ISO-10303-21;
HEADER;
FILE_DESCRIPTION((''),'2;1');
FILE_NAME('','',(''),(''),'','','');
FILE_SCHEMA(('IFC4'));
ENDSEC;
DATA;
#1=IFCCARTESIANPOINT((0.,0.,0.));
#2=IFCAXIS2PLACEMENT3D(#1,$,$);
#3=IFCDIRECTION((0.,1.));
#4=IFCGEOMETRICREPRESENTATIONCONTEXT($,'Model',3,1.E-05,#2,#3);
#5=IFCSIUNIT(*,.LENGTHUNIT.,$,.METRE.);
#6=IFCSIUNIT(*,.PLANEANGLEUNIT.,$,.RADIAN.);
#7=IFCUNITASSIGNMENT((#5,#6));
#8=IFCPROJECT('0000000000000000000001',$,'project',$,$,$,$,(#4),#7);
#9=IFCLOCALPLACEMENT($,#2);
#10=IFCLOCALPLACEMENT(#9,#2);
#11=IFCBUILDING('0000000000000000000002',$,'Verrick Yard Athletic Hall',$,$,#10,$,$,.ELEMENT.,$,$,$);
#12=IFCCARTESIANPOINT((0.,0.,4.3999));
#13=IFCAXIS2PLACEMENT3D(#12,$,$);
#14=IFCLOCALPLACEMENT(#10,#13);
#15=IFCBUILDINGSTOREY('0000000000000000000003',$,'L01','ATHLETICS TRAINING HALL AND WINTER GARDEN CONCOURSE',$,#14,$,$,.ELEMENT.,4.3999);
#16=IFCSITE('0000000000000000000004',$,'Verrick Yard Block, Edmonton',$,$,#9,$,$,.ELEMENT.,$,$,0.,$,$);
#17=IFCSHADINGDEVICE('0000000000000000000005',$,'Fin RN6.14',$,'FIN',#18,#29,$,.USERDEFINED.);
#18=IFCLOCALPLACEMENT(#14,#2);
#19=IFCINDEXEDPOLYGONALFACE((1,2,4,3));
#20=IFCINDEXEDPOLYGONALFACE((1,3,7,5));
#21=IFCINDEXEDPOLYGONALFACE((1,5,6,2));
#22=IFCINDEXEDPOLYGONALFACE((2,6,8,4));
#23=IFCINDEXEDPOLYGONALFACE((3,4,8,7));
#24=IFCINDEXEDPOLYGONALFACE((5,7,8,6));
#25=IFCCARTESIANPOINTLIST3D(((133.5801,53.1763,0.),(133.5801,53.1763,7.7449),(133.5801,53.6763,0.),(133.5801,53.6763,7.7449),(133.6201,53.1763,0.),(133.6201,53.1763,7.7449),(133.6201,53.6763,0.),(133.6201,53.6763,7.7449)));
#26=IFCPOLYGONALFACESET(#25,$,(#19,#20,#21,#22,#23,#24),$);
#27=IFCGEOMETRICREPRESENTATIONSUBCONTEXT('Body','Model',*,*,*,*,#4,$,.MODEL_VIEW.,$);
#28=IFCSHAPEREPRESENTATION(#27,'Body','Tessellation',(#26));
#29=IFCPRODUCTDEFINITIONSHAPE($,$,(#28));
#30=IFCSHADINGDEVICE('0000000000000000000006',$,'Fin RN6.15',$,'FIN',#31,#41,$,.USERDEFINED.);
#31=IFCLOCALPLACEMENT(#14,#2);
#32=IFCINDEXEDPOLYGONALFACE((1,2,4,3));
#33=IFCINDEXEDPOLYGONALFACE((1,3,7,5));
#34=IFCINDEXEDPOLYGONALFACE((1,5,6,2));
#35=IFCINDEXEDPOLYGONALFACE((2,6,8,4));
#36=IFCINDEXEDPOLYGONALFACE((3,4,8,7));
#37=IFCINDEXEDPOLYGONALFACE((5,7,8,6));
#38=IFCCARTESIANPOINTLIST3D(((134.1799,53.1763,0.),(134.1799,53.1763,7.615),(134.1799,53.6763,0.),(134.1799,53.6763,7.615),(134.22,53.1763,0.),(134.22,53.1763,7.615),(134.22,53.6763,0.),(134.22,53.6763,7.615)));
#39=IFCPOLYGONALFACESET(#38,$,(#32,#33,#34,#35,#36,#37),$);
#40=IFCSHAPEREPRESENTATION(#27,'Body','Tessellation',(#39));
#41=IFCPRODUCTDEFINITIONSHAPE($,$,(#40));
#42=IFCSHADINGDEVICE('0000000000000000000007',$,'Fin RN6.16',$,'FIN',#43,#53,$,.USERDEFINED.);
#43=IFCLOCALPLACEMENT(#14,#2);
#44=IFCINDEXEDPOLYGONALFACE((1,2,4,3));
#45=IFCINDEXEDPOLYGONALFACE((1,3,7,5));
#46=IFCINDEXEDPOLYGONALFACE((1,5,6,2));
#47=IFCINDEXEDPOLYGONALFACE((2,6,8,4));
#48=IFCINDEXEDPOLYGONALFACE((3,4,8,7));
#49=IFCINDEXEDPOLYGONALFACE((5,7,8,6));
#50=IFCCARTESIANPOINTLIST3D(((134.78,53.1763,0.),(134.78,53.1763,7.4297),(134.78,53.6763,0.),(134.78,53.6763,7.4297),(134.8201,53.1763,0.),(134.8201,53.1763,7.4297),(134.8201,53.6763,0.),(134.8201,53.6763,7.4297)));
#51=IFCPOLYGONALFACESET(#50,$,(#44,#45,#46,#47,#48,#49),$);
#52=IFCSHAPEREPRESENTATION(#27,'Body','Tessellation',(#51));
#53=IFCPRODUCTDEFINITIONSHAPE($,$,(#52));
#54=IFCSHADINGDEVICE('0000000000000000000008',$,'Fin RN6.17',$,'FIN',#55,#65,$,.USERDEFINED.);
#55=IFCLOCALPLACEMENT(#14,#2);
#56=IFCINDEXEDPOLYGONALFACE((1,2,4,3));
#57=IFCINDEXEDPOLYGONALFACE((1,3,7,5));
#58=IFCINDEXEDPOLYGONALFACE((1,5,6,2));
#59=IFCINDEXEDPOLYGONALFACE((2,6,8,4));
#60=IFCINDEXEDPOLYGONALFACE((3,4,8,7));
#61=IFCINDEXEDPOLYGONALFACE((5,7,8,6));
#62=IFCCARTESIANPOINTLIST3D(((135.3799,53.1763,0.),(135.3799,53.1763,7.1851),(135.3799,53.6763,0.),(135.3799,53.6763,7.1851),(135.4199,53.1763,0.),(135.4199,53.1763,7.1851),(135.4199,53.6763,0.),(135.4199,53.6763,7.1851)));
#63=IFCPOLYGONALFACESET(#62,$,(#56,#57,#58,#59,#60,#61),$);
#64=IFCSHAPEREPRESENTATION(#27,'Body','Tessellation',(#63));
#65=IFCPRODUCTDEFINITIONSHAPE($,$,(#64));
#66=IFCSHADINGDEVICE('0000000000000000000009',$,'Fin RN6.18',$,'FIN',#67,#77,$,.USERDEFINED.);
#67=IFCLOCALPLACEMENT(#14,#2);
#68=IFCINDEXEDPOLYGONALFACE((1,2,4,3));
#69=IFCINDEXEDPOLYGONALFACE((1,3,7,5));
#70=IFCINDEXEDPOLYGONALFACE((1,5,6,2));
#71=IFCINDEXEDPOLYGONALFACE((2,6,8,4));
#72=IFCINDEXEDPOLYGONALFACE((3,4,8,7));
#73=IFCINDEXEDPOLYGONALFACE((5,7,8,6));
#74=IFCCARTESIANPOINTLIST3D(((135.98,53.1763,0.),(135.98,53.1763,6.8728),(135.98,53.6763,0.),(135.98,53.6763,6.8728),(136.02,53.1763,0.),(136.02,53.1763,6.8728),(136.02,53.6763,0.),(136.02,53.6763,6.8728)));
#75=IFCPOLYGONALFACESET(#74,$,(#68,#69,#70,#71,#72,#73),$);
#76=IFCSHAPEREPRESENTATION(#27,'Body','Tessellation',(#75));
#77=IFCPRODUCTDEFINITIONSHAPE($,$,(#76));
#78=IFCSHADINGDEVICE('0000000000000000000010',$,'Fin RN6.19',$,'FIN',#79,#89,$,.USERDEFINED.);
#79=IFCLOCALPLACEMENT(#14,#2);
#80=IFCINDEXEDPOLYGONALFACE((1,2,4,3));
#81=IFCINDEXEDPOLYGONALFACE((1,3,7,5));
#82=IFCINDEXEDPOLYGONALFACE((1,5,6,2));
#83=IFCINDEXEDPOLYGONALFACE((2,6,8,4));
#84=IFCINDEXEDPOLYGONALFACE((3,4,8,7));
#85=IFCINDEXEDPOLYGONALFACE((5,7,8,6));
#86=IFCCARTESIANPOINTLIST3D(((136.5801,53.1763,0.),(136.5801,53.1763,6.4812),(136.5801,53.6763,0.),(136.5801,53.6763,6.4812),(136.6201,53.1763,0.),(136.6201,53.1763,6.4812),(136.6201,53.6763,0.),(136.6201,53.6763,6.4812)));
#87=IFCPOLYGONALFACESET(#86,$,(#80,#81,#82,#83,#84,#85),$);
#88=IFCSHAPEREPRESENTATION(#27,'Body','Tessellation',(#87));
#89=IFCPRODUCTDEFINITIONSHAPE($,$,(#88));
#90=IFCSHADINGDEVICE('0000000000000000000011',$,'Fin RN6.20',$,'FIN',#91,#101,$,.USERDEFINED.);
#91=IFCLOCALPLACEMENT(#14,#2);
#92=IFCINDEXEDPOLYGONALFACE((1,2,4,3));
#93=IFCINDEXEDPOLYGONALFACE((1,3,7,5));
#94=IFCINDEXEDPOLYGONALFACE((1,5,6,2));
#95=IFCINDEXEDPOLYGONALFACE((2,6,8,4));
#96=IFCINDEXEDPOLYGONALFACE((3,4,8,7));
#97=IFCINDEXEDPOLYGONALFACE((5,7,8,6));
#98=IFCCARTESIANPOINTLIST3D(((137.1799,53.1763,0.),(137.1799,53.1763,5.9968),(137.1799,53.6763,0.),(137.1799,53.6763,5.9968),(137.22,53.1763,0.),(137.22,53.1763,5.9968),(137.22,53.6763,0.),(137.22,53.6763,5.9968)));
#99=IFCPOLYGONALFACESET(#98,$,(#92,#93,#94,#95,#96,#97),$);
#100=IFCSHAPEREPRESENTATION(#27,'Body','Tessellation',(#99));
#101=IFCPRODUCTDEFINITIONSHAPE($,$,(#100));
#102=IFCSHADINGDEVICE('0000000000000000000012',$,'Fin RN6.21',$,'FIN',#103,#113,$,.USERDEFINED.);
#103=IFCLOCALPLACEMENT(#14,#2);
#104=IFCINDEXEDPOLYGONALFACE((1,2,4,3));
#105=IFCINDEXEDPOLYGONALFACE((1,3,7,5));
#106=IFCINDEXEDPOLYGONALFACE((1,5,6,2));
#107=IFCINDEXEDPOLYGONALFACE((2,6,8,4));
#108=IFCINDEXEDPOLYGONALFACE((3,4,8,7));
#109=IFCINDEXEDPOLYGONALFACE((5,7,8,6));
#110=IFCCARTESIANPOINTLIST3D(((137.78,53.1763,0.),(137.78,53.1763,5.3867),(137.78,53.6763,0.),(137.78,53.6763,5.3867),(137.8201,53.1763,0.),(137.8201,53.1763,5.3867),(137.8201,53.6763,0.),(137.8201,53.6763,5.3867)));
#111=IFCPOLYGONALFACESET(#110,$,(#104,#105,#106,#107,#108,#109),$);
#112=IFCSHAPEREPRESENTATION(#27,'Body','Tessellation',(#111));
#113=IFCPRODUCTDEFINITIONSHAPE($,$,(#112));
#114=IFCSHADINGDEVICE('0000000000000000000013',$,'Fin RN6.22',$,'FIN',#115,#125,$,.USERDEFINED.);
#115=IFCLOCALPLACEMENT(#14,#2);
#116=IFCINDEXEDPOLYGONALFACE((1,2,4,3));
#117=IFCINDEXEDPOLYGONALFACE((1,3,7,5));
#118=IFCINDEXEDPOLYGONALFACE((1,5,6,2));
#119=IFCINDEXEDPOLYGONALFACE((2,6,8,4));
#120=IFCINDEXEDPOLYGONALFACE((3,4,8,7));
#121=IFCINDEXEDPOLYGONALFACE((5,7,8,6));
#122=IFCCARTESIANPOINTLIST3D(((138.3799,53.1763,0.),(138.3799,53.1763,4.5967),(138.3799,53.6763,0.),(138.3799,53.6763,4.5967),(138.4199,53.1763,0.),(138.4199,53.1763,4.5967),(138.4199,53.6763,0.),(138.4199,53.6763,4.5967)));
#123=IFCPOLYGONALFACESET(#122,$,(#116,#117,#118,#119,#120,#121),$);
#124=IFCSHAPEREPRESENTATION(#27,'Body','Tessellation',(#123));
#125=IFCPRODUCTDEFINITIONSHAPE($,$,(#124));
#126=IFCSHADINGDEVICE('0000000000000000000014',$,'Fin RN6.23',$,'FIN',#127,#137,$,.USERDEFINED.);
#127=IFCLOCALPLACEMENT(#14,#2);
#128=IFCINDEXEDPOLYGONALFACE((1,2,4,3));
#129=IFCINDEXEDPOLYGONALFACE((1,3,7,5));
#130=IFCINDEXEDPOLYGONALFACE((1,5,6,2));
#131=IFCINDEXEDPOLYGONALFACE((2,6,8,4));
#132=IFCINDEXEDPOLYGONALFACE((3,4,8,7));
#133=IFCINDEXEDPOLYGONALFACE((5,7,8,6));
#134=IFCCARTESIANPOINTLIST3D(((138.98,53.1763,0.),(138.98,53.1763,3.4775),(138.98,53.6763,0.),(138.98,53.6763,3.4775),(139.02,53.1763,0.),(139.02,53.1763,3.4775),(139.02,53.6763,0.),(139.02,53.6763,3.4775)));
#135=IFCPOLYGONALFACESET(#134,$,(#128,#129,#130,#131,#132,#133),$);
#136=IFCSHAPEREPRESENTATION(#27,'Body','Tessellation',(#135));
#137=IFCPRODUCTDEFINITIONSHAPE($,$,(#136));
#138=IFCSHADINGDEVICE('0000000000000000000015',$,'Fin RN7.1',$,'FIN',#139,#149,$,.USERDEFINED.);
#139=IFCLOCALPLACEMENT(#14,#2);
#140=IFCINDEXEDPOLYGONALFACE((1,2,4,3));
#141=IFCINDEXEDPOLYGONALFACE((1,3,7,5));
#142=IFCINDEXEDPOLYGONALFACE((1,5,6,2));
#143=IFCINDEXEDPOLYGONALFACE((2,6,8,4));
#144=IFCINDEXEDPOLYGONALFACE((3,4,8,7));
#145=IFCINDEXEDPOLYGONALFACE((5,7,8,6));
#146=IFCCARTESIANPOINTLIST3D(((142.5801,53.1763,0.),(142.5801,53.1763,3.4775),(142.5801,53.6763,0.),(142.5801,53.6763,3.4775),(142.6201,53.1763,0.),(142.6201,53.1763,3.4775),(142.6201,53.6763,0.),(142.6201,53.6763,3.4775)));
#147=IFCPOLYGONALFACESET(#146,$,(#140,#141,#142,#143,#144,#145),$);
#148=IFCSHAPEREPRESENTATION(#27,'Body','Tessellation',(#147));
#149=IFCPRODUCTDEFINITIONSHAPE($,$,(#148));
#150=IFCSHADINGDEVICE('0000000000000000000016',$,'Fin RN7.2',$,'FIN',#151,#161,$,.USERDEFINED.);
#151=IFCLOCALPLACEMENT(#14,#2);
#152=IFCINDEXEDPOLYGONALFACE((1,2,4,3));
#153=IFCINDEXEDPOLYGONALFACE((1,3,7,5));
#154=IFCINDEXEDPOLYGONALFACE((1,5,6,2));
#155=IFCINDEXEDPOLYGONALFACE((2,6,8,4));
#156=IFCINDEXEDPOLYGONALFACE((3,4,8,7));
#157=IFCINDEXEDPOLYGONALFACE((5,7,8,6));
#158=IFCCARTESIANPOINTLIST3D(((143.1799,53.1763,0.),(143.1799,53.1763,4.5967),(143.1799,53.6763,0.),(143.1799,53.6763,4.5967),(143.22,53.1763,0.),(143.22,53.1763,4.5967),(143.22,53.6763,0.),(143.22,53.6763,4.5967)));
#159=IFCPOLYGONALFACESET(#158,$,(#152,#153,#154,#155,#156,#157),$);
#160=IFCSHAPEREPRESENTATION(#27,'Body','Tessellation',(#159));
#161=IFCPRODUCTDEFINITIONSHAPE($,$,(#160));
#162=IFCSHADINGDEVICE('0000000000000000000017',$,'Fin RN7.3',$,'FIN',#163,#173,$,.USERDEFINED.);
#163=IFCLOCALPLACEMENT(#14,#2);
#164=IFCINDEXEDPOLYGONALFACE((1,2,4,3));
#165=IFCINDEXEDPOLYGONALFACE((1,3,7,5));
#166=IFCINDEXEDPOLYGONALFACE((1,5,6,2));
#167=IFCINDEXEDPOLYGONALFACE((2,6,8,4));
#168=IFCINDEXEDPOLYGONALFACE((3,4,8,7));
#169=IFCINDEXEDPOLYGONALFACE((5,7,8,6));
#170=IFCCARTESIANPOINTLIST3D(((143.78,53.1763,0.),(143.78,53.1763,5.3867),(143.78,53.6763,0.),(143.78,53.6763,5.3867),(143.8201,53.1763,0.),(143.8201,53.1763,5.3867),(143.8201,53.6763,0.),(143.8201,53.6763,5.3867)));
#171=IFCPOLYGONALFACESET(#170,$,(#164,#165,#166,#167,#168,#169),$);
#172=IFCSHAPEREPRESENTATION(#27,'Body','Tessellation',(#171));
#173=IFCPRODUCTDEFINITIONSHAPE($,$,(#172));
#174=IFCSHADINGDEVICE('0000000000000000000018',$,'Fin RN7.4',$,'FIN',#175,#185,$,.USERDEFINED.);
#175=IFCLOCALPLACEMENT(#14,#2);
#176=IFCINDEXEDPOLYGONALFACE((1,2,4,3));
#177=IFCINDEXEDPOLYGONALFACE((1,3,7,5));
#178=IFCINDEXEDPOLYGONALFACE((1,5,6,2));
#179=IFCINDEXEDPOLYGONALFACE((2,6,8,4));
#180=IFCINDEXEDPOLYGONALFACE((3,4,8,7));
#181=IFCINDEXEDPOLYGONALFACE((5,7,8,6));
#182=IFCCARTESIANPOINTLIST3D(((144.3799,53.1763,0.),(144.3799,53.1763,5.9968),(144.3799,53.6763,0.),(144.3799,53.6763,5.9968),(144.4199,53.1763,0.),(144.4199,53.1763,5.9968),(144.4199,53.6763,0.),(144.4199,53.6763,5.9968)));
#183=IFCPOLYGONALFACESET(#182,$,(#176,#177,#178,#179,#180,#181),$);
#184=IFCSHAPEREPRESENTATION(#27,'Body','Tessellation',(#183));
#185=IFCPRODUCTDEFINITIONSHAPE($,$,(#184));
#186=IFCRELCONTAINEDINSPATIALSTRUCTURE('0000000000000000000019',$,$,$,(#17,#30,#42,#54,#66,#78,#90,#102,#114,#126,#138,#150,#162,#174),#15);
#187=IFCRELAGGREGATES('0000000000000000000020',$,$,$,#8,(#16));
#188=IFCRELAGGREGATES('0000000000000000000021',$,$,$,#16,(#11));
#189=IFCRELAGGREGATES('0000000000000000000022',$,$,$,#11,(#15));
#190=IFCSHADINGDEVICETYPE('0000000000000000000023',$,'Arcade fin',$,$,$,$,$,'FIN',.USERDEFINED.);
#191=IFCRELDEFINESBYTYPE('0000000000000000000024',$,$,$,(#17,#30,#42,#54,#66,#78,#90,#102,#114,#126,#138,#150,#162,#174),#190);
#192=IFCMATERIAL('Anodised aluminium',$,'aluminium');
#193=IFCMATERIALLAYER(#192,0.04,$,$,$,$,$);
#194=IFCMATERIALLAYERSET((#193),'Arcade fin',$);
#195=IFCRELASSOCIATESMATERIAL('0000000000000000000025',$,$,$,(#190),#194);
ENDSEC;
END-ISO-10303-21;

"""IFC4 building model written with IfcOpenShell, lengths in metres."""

from ifc_helpers import new_model, si_unit, direction, frame, origin, place, context, subcontext, project, spatial, polyline, outline, extrude, material, layer, layer_set, type_object, element, save


model = new_model("IFC4")

# Units and contexts
model_context = context("Model", 3, precision=1e-05, world=origin(), true_north=direction((0.0, 1.0)))
body_context = subcontext(model_context, "Body", "Model", "MODEL_VIEW")
ifc_project = project(units=[si_unit("LENGTHUNIT", "METRE"), si_unit("PLANEANGLEUNIT", "RADIAN")], contexts=[model_context])

# Site, building, storey
site_placement = place(None, origin())
site = spatial("IfcSite", under=ifc_project, at=site_placement, Name="Verrick Yard Block, Edmonton", CompositionType="ELEMENT", RefElevation=0.0)
building_placement = place(site_placement, origin())
building = spatial("IfcBuilding", under=site, at=building_placement, Name="Verrick Yard Athletic Hall", CompositionType="ELEMENT")
storey_placement = place(building_placement, frame((0.0, 0.0, 4.3999)))
storey = spatial("IfcBuildingStorey", under=building, at=storey_placement, Name="L01", Description="ATHLETICS TRAINING HALL AND WINTER GARDEN CONCOURSE", CompositionType="ELEMENT", Elevation=4.3999)

# Shading devices
ifc_material_1 = material(Name="Anodised aluminium", Category="aluminium")
ifc_layer_1 = layer(ifc_material_1, 0.04)
ifc_layer_set_1 = layer_set([ifc_layer_1], Name="Arcade fin")
shading_device_type_1 = type_object("IfcShadingDeviceType", Name="Arcade fin", ElementType="FIN", PredefinedType="USERDEFINED", material=ifc_layer_set_1)
shading_device_1_placement = place(storey_placement, frame((133.6001, 53.1763, 0.0), z_axis=(0.0, 0.0, 1.0), x_axis=(0.0, 1.0, 0.0)))
element("IfcShadingDevice", 1, at=shading_device_1_placement, inside=storey, type_object=shading_device_type_1, Name="Fin RN6.14", ObjectType="FIN", PredefinedType="USERDEFINED", context=body_context, shape_type="SweptSolid", body=[
    extrude(outline(polyline([(0.0, 0.0), (0.5, 0.0), (0.5, 7.7449), (0.0, 7.7449), (0.0, 0.0)])), frame((0.0, 0.02, 0.0), z_axis=(0.0, -1.0, 0.0), x_axis=(1.0, 0.0, 0.0)), (0.0, 0.0, 1.0), 0.04),
])
shading_device_2_placement = place(storey_placement, frame((134.2, 53.1763, 0.0), z_axis=(0.0, 0.0, 1.0), x_axis=(0.0, 1.0, 0.0)))
element("IfcShadingDevice", 2, at=shading_device_2_placement, inside=storey, type_object=shading_device_type_1, Name="Fin RN6.15", ObjectType="FIN", PredefinedType="USERDEFINED", context=body_context, shape_type="SweptSolid", body=[
    extrude(outline(polyline([(0.0, 0.0), (0.5, 0.0), (0.5, 7.615), (0.0, 7.615), (0.0, 0.0)])), frame((0.0, 0.02, 0.0), z_axis=(0.0, -1.0, 0.0), x_axis=(1.0, 0.0, 0.0)), (0.0, 0.0, 1.0), 0.04),
])
shading_device_3_placement = place(storey_placement, frame((134.8, 53.1763, 0.0), z_axis=(0.0, 0.0, 1.0), x_axis=(0.0, 1.0, 0.0)))
element("IfcShadingDevice", 3, at=shading_device_3_placement, inside=storey, type_object=shading_device_type_1, Name="Fin RN6.16", ObjectType="FIN", PredefinedType="USERDEFINED", context=body_context, shape_type="SweptSolid", body=[
    extrude(outline(polyline([(0.0, 0.0), (0.5, 0.0), (0.5, 7.4297), (0.0, 7.4297), (0.0, 0.0)])), frame((0.0, 0.02, 0.0), z_axis=(0.0, -1.0, 0.0), x_axis=(1.0, 0.0, 0.0)), (0.0, 0.0, 1.0), 0.04),
])
shading_device_4_placement = place(storey_placement, frame((135.3999, 53.1763, 0.0), z_axis=(0.0, 0.0, 1.0), x_axis=(0.0, 1.0, 0.0)))
element("IfcShadingDevice", 4, at=shading_device_4_placement, inside=storey, type_object=shading_device_type_1, Name="Fin RN6.17", ObjectType="FIN", PredefinedType="USERDEFINED", context=body_context, shape_type="SweptSolid", body=[
    extrude(outline(polyline([(0.0, 0.0), (0.5, 0.0), (0.5, 7.1851), (0.0, 7.1851), (0.0, 0.0)])), frame((0.0, 0.02, 0.0), z_axis=(0.0, -1.0, 0.0), x_axis=(1.0, 0.0, 0.0)), (0.0, 0.0, 1.0), 0.04),
])
shading_device_5_placement = place(storey_placement, frame((136.0, 53.1763, 0.0), z_axis=(0.0, 0.0, 1.0), x_axis=(0.0, 1.0, 0.0)))
element("IfcShadingDevice", 5, at=shading_device_5_placement, inside=storey, type_object=shading_device_type_1, Name="Fin RN6.18", ObjectType="FIN", PredefinedType="USERDEFINED", context=body_context, shape_type="SweptSolid", body=[
    extrude(outline(polyline([(0.0, 0.0), (0.5, 0.0), (0.5, 6.8728), (0.0, 6.8728), (0.0, 0.0)])), frame((0.0, 0.02, 0.0), z_axis=(0.0, -1.0, 0.0), x_axis=(1.0, 0.0, 0.0)), (0.0, 0.0, 1.0), 0.04),
])
shading_device_6_placement = place(storey_placement, frame((136.6001, 53.1763, 0.0), z_axis=(0.0, 0.0, 1.0), x_axis=(0.0, 1.0, 0.0)))
element("IfcShadingDevice", 6, at=shading_device_6_placement, inside=storey, type_object=shading_device_type_1, Name="Fin RN6.19", ObjectType="FIN", PredefinedType="USERDEFINED", context=body_context, shape_type="SweptSolid", body=[
    extrude(outline(polyline([(0.0, 0.0), (0.5, 0.0), (0.5, 6.4812), (0.0, 6.4812), (0.0, 0.0)])), frame((0.0, 0.02, 0.0), z_axis=(0.0, -1.0, 0.0), x_axis=(1.0, 0.0, 0.0)), (0.0, 0.0, 1.0), 0.04),
])
shading_device_7_placement = place(storey_placement, frame((137.2, 53.1763, 0.0), z_axis=(0.0, 0.0, 1.0), x_axis=(0.0, 1.0, 0.0)))
element("IfcShadingDevice", 7, at=shading_device_7_placement, inside=storey, type_object=shading_device_type_1, Name="Fin RN6.20", ObjectType="FIN", PredefinedType="USERDEFINED", context=body_context, shape_type="SweptSolid", body=[
    extrude(outline(polyline([(0.0, 0.0), (0.5, 0.0), (0.5, 5.9968), (0.0, 5.9968), (0.0, 0.0)])), frame((0.0, 0.02, 0.0), z_axis=(0.0, -1.0, 0.0), x_axis=(1.0, 0.0, 0.0)), (0.0, 0.0, 1.0), 0.04),
])
shading_device_8_placement = place(storey_placement, frame((137.8, 53.1763, 0.0), z_axis=(0.0, 0.0, 1.0), x_axis=(0.0, 1.0, 0.0)))
element("IfcShadingDevice", 8, at=shading_device_8_placement, inside=storey, type_object=shading_device_type_1, Name="Fin RN6.21", ObjectType="FIN", PredefinedType="USERDEFINED", context=body_context, shape_type="SweptSolid", body=[
    extrude(outline(polyline([(0.0, 0.0), (0.5, 0.0), (0.5, 5.3867), (0.0, 5.3867), (0.0, 0.0)])), frame((0.0, 0.02, 0.0), z_axis=(0.0, -1.0, 0.0), x_axis=(1.0, 0.0, 0.0)), (0.0, 0.0, 1.0), 0.04),
])
shading_device_9_placement = place(storey_placement, frame((138.3999, 53.1763, 0.0), z_axis=(0.0, 0.0, 1.0), x_axis=(0.0, 1.0, 0.0)))
element("IfcShadingDevice", 9, at=shading_device_9_placement, inside=storey, type_object=shading_device_type_1, Name="Fin RN6.22", ObjectType="FIN", PredefinedType="USERDEFINED", context=body_context, shape_type="SweptSolid", body=[
    extrude(outline(polyline([(0.0, 0.0), (0.5, 0.0), (0.5, 4.5967), (0.0, 4.5967), (0.0, 0.0)])), frame((0.0, 0.02, 0.0), z_axis=(0.0, -1.0, 0.0), x_axis=(1.0, 0.0, 0.0)), (0.0, 0.0, 1.0), 0.04),
])
for number, where, z_axis, x_axis, name in (
    (10, (139.0, 53.1763, 0.0), (0.0, 0.0, 1.0), (0.0, 1.0, 0.0), "Fin RN6.23"),
    (11, (142.6001, 53.1763, 0.0), (0.0, 0.0, 1.0), (0.0, 1.0, 0.0), "Fin RN7.1"),
):
    element("IfcShadingDevice", number, at=place(storey_placement, frame(where, z_axis=z_axis, x_axis=x_axis)), inside=storey, type_object=shading_device_type_1, Name=name, ObjectType="FIN", PredefinedType="USERDEFINED", context=body_context, shape_type="SweptSolid", body=[
        extrude(outline(polyline([(0.0, 0.0), (0.5, 0.0), (0.5, 3.4775), (0.0, 3.4775), (0.0, 0.0)])), frame((0.0, 0.02, 0.0), z_axis=(0.0, -1.0, 0.0), x_axis=(1.0, 0.0, 0.0)), (0.0, 0.0, 1.0), 0.04),
    ])
shading_device_10_placement = place(storey_placement, frame((143.2, 53.1763, 0.0), z_axis=(0.0, 0.0, 1.0), x_axis=(0.0, 1.0, 0.0)))
element("IfcShadingDevice", 12, at=shading_device_10_placement, inside=storey, type_object=shading_device_type_1, Name="Fin RN7.2", ObjectType="FIN", PredefinedType="USERDEFINED", context=body_context, shape_type="SweptSolid", body=[
    extrude(outline(polyline([(0.0, 0.0), (0.5, 0.0), (0.5, 4.5967), (0.0, 4.5967), (0.0, 0.0)])), frame((0.0, 0.02, 0.0), z_axis=(0.0, -1.0, 0.0), x_axis=(1.0, 0.0, 0.0)), (0.0, 0.0, 1.0), 0.04),
])
shading_device_11_placement = place(storey_placement, frame((143.8, 53.1763, 0.0), z_axis=(0.0, 0.0, 1.0), x_axis=(0.0, 1.0, 0.0)))
element("IfcShadingDevice", 13, at=shading_device_11_placement, inside=storey, type_object=shading_device_type_1, Name="Fin RN7.3", ObjectType="FIN", PredefinedType="USERDEFINED", context=body_context, shape_type="SweptSolid", body=[
    extrude(outline(polyline([(0.0, 0.0), (0.5, 0.0), (0.5, 5.3867), (0.0, 5.3867), (0.0, 0.0)])), frame((0.0, 0.02, 0.0), z_axis=(0.0, -1.0, 0.0), x_axis=(1.0, 0.0, 0.0)), (0.0, 0.0, 1.0), 0.04),
])
shading_device_12_placement = place(storey_placement, frame((144.3999, 53.1763, 0.0), z_axis=(0.0, 0.0, 1.0), x_axis=(0.0, 1.0, 0.0)))
element("IfcShadingDevice", 14, at=shading_device_12_placement, inside=storey, type_object=shading_device_type_1, Name="Fin RN7.4", ObjectType="FIN", PredefinedType="USERDEFINED", context=body_context, shape_type="SweptSolid", body=[
    extrude(outline(polyline([(0.0, 0.0), (0.5, 0.0), (0.5, 5.9968), (0.0, 5.9968), (0.0, 0.0)])), frame((0.0, 0.02, 0.0), z_axis=(0.0, -1.0, 0.0), x_axis=(1.0, 0.0, 0.0)), (0.0, 0.0, 1.0), 0.04),
])

save(model, "model.ifc")
